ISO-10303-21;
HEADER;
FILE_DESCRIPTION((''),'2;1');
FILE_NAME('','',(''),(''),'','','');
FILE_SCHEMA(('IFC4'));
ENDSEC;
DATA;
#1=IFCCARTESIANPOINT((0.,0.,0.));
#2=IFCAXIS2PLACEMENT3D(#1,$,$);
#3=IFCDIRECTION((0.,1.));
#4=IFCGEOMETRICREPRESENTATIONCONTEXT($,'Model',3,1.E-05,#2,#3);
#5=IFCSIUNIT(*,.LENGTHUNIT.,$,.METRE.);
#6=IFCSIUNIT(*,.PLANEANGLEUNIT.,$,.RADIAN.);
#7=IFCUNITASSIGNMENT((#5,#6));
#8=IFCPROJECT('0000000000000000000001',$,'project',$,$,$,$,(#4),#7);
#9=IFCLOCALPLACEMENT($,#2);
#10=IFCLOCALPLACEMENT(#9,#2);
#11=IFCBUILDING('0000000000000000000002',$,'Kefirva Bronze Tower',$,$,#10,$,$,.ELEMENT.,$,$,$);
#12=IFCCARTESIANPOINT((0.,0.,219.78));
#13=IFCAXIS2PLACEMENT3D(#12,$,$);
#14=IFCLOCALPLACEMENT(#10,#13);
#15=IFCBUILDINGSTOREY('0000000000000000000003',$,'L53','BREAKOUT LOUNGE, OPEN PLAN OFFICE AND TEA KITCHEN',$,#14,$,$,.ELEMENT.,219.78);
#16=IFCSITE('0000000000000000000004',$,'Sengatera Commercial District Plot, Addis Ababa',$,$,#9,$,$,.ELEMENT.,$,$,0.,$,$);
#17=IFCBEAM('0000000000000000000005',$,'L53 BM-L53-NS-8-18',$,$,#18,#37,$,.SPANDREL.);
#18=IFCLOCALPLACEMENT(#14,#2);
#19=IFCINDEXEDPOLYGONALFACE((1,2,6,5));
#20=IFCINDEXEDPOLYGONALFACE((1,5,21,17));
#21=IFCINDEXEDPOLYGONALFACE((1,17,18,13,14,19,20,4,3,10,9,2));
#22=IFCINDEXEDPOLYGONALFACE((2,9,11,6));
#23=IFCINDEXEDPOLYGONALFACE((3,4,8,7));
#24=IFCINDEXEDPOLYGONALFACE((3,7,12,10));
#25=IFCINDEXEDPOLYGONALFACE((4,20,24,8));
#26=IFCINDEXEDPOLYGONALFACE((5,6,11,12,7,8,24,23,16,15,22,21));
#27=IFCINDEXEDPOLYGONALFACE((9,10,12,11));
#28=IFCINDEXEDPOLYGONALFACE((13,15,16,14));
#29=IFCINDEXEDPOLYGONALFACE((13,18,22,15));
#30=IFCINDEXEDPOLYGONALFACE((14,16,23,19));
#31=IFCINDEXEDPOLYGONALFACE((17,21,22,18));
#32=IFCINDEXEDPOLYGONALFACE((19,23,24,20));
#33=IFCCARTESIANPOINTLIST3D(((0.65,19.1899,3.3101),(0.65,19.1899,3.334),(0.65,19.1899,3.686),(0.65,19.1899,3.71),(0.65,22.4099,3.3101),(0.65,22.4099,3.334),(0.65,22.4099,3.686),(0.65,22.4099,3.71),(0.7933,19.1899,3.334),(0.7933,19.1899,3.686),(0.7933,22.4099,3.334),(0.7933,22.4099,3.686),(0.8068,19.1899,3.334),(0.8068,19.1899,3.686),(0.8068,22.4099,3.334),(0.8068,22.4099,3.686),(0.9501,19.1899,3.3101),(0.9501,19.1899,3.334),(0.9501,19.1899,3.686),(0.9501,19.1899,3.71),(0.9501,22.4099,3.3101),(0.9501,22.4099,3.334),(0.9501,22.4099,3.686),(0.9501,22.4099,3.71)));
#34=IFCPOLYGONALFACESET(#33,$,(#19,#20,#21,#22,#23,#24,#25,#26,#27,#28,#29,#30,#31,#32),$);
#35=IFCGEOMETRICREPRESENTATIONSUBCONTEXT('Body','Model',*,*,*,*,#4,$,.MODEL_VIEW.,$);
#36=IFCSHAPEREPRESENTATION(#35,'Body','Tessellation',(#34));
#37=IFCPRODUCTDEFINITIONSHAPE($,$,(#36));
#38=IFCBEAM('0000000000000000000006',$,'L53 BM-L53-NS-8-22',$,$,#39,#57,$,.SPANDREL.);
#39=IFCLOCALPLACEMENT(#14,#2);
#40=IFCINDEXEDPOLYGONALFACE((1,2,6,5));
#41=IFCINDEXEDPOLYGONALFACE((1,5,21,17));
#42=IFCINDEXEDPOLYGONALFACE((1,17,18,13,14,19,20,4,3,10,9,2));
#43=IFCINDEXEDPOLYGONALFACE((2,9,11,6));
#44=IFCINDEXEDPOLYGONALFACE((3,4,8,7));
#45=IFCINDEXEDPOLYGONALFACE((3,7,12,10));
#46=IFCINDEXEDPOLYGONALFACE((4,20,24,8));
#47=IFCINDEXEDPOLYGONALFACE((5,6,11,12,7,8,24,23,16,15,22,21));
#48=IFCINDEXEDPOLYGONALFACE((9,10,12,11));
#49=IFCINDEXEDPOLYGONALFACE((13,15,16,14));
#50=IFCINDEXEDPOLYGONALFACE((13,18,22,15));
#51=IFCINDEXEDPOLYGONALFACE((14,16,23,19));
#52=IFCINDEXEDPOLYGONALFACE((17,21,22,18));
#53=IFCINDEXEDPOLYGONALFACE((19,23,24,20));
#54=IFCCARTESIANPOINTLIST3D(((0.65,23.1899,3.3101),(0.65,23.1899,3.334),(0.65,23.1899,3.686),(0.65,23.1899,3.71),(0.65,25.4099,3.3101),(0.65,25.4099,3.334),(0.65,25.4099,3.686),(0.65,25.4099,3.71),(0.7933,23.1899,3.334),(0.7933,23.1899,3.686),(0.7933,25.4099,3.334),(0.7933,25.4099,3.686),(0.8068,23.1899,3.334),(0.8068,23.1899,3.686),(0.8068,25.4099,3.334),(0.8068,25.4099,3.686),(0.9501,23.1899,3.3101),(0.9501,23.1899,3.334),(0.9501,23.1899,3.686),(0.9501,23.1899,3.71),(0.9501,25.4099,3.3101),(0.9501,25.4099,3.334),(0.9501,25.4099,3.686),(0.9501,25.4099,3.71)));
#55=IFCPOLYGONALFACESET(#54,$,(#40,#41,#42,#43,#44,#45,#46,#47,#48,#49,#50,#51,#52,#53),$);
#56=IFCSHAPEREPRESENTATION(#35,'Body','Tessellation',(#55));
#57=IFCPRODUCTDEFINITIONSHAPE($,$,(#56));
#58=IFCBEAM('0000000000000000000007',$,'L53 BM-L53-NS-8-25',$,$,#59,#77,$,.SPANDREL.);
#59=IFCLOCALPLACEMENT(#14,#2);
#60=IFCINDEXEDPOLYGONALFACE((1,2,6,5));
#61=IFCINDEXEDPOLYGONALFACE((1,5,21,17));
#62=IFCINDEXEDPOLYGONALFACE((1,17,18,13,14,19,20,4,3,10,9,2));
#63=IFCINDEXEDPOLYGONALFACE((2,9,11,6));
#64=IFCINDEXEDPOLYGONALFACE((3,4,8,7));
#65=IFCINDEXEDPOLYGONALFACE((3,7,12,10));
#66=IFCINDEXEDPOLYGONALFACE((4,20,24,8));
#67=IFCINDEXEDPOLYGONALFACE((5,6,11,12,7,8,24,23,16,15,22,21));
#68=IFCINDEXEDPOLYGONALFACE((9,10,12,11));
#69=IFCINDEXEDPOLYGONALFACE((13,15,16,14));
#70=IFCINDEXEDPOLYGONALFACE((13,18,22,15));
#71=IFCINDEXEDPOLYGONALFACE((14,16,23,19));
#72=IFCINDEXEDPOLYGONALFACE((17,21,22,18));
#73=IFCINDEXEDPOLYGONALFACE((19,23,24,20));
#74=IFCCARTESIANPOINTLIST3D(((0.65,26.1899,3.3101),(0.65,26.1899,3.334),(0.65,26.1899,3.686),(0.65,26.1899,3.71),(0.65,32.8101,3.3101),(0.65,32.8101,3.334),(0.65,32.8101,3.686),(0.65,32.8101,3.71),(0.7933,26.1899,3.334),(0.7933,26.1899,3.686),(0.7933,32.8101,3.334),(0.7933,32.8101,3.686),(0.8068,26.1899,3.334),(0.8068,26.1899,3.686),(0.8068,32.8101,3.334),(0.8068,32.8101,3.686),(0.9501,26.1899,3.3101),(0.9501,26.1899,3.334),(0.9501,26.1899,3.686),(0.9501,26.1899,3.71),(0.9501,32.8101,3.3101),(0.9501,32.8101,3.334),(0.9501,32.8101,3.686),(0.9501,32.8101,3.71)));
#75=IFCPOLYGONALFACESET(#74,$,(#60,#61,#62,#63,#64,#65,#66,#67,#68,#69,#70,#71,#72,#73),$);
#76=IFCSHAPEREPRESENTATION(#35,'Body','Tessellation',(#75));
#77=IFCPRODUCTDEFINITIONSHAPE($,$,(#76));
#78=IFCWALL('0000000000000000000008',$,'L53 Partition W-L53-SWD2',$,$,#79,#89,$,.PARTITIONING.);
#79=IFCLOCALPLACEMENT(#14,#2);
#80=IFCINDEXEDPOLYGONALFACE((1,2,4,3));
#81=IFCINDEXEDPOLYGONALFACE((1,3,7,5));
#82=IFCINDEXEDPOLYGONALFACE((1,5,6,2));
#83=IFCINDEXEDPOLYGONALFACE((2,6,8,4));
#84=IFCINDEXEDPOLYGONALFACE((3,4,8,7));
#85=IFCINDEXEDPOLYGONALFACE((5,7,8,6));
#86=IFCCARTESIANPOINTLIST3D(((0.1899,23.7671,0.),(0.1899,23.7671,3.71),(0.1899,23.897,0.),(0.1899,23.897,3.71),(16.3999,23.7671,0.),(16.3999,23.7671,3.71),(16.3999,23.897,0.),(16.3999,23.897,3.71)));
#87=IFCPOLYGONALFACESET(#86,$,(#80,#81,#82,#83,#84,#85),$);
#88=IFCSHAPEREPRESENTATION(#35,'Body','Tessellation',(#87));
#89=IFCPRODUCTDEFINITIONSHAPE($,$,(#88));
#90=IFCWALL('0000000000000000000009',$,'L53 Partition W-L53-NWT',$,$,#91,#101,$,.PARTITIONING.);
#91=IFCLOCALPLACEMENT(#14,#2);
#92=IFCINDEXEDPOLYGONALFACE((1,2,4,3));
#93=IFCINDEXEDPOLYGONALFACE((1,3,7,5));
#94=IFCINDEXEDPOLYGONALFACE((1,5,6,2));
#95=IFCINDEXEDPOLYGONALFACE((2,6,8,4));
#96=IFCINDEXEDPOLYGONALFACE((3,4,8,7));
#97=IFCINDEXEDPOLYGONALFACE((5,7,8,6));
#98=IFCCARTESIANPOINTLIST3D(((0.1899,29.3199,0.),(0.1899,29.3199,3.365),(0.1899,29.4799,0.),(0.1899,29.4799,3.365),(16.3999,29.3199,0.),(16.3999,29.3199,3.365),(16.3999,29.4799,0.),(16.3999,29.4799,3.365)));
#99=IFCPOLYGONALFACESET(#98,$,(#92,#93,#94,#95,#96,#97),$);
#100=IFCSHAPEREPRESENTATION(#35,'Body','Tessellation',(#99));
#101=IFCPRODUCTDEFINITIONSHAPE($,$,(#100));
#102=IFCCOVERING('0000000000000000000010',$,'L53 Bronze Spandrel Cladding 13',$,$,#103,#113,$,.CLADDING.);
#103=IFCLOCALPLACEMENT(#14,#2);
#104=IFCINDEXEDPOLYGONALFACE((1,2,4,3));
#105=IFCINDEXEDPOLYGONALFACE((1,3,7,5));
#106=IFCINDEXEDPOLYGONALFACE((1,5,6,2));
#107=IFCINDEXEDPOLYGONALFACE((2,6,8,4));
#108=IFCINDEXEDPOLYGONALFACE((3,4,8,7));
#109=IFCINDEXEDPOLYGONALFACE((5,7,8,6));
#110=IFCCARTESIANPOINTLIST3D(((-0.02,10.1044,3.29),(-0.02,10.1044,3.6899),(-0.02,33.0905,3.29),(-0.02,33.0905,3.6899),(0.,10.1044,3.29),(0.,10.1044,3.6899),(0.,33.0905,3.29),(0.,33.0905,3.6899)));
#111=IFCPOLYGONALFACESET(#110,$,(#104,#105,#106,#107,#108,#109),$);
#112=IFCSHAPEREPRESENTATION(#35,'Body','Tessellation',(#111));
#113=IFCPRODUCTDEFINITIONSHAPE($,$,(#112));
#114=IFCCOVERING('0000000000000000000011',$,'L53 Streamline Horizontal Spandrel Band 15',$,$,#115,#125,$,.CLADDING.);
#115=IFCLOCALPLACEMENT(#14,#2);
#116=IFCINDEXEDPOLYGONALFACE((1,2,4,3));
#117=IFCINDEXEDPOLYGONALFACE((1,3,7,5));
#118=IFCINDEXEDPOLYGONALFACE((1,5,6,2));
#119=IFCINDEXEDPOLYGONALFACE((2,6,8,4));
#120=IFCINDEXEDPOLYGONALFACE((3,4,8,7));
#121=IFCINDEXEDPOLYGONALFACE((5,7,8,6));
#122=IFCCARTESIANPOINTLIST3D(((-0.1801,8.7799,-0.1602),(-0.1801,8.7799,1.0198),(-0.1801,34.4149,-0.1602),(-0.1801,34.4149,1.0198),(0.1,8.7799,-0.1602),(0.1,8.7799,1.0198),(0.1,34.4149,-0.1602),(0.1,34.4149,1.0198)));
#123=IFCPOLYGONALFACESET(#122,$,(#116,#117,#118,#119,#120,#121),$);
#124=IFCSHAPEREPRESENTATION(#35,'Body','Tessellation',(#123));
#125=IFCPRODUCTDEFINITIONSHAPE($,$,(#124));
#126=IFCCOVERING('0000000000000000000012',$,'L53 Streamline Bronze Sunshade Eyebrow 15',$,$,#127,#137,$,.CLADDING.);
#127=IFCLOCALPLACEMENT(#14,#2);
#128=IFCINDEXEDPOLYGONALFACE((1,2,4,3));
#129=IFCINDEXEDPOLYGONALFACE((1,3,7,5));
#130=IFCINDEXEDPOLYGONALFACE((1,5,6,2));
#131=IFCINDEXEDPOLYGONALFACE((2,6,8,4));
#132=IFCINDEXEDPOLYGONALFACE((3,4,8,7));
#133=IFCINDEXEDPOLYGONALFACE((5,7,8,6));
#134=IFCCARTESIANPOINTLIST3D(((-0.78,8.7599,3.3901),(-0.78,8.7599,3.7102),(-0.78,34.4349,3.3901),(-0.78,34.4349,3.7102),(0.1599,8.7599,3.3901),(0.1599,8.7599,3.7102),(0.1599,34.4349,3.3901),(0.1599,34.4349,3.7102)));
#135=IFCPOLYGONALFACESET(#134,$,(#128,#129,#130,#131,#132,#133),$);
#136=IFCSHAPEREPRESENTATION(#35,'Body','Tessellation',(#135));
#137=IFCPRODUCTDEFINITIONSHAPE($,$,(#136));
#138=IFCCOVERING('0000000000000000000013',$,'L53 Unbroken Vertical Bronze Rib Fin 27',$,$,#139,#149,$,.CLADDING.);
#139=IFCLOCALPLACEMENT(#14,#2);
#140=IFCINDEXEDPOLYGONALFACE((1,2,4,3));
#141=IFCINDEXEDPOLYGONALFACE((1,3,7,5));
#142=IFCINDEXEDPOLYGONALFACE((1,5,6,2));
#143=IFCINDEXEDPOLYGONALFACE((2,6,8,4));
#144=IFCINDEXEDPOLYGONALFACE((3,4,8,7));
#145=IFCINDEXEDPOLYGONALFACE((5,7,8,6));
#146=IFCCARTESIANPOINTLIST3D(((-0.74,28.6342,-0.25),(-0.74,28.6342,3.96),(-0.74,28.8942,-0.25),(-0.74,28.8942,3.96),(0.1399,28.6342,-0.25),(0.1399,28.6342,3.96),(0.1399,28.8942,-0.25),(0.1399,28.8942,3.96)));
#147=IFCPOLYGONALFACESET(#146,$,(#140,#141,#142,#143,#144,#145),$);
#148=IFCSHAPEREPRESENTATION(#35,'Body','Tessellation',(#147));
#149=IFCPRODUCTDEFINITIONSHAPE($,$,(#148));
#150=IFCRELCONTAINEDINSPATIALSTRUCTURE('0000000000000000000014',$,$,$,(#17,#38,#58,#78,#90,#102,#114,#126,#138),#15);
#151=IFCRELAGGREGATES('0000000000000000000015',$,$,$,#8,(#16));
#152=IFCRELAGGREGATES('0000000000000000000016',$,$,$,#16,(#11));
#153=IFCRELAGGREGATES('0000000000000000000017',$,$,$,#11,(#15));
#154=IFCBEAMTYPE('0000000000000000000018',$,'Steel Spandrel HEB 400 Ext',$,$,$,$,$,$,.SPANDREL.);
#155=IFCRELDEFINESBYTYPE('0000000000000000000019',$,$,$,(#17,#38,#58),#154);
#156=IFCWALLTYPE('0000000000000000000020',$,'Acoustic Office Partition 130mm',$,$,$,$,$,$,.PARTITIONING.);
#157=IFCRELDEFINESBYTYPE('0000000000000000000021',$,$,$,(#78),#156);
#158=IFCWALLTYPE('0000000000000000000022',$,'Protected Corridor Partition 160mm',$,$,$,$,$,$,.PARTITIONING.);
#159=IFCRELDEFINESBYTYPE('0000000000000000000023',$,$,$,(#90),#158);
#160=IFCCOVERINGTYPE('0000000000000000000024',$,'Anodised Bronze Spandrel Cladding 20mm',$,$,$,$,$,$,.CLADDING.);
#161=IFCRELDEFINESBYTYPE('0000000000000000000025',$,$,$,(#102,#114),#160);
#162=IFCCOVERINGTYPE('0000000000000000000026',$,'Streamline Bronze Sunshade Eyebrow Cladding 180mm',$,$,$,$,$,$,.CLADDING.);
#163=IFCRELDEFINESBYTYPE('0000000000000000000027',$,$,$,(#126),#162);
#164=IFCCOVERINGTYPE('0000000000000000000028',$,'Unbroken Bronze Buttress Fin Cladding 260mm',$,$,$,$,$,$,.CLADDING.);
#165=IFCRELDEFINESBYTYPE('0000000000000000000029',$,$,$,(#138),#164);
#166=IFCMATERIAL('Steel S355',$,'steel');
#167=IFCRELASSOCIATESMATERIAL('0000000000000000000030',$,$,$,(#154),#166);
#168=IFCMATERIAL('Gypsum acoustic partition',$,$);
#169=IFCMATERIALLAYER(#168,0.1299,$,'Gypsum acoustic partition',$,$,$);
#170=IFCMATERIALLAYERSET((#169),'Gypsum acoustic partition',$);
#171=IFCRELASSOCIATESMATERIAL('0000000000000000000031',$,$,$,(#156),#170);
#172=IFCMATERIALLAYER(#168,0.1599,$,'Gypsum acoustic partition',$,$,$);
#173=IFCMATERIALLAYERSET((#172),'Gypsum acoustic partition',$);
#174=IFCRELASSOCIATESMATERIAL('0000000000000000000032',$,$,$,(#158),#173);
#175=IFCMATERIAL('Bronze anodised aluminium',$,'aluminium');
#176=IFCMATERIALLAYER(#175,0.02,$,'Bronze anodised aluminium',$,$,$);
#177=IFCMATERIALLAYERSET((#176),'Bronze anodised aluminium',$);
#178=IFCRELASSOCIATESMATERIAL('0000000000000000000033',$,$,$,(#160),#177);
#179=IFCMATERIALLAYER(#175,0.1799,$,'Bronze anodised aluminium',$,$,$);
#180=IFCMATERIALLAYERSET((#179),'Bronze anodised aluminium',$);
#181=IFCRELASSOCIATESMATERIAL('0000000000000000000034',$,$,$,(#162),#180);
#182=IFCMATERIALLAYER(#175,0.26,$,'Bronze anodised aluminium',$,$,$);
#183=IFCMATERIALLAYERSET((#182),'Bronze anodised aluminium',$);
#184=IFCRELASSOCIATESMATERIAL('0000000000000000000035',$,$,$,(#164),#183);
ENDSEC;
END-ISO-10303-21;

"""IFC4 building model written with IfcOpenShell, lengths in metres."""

from ifc_helpers import new_model, si_unit, direction, frame, frame_2d, origin, origin_2d, place, context, subcontext, project, spatial, rectangle, i_section, extrude, material, layer, layer_set, material_profile, profile_set, type_object, element, save


model = new_model("IFC4")

# Units and contexts
model_context = context("Model", 3, precision=1e-05, world=origin(), true_north=direction((0.0, 1.0)))
body_context = subcontext(model_context, "Body", "Model", "MODEL_VIEW")
ifc_project = project(units=[si_unit("LENGTHUNIT", "METRE"), si_unit("PLANEANGLEUNIT", "RADIAN")], contexts=[model_context])

# Site, building, storey
site_placement = place(None, origin())
site = spatial("IfcSite", under=ifc_project, at=site_placement, Name="Sengatera Commercial District Plot, Addis Ababa", CompositionType="ELEMENT", RefElevation=0.0)
building_placement = place(site_placement, origin())
building = spatial("IfcBuilding", under=site, at=building_placement, Name="Kefirva Bronze Tower", CompositionType="ELEMENT")
storey_placement = place(building_placement, frame((0.0, 0.0, 219.78)))
storey = spatial("IfcBuildingStorey", under=building, at=storey_placement, Name="L53", Description="BREAKOUT LOUNGE, OPEN PLAN OFFICE AND TEA KITCHEN", CompositionType="ELEMENT", Elevation=219.78)

# Beams
ifc_material_1 = material(Name="Steel S355", Category="steel")
ifc_material_profile_1 = material_profile(ifc_material_1, i_section(OverallWidth=0.3, OverallDepth=0.3999, WebThickness=0.0134, FlangeThickness=0.0239, at=origin_2d()), Name="HEB 400")
ifc_profile_set_1 = profile_set([ifc_material_profile_1], Name="Steel S355")
beam_type_1 = type_object("IfcBeamType", Name="Steel Spandrel HEB 400 Ext", PredefinedType="SPANDREL", material=ifc_profile_set_1)
beam_1_placement = place(storey_placement, frame((0.8, 19.1899, 3.51), z_axis=(0.0, 1.0, 0.0), x_axis=(-1.0, 0.0, 0.0)))
element("IfcBeam", 1, at=beam_1_placement, inside=storey, type_object=beam_type_1, Name="L53 BM-L53-NS-8-18", PredefinedType="SPANDREL", context=body_context, shape_type="SweptSolid", body=[
    extrude(i_section(OverallWidth=0.3, OverallDepth=0.3999, WebThickness=0.0134, FlangeThickness=0.0239, at=origin_2d()), origin(), (0.0, 0.0, 1.0), 3.22),
])
beam_2_placement = place(storey_placement, frame((0.8, 23.1899, 3.51), z_axis=(0.0, 1.0, 0.0), x_axis=(-1.0, 0.0, 0.0)))
element("IfcBeam", 2, at=beam_2_placement, inside=storey, type_object=beam_type_1, Name="L53 BM-L53-NS-8-22", PredefinedType="SPANDREL", context=body_context, shape_type="SweptSolid", body=[
    extrude(i_section(OverallWidth=0.3, OverallDepth=0.3999, WebThickness=0.0134, FlangeThickness=0.0239, at=origin_2d()), origin(), (0.0, 0.0, 1.0), 2.22),
])
beam_3_placement = place(storey_placement, frame((0.8, 26.1899, 3.51), z_axis=(0.0, 1.0, 0.0), x_axis=(-1.0, 0.0, 0.0)))
element("IfcBeam", 3, at=beam_3_placement, inside=storey, type_object=beam_type_1, Name="L53 BM-L53-NS-8-25", PredefinedType="SPANDREL", context=body_context, shape_type="SweptSolid", body=[
    extrude(i_section(OverallWidth=0.3, OverallDepth=0.3999, WebThickness=0.0134, FlangeThickness=0.0239, at=origin_2d()), origin(), (0.0, 0.0, 1.0), 6.6201),
])

# Walls
ifc_material_2 = material(Name="Gypsum acoustic partition")
ifc_layer_1 = layer(ifc_material_2, 0.1299, Name="Gypsum acoustic partition")
ifc_layer_set_1 = layer_set([ifc_layer_1], Name="Gypsum acoustic partition")
wall_type_1 = type_object("IfcWallType", Name="Acoustic Office Partition 130mm", PredefinedType="PARTITIONING", material=ifc_layer_set_1)
wall_1_placement = place(storey_placement, frame((0.1899, 23.832, 0.0), z_axis=(0.0, 0.0, 1.0), x_axis=(1.0, 0.0, 0.0)))
element("IfcWall", 4, at=wall_1_placement, inside=storey, type_object=wall_type_1, Name="L53 Partition W-L53-SWD2", PredefinedType="PARTITIONING", context=body_context, shape_type="SweptSolid", body=[
    extrude(rectangle(XDim=16.21, YDim=0.1299, at=frame_2d((8.105, 0.0))), origin(), (0.0, 0.0, 1.0), 3.71),
])
ifc_layer_2 = layer(ifc_material_2, 0.1599, Name="Gypsum acoustic partition")
ifc_layer_set_2 = layer_set([ifc_layer_2], Name="Gypsum acoustic partition")
wall_type_2 = type_object("IfcWallType", Name="Protected Corridor Partition 160mm", PredefinedType="PARTITIONING", material=ifc_layer_set_2)
wall_2_placement = place(storey_placement, frame((0.1899, 29.3999, 0.0), z_axis=(0.0, 0.0, 1.0), x_axis=(1.0, 0.0, 0.0)))
element("IfcWall", 5, at=wall_2_placement, inside=storey, type_object=wall_type_2, Name="L53 Partition W-L53-NWT", PredefinedType="PARTITIONING", context=body_context, shape_type="SweptSolid", body=[
    extrude(rectangle(XDim=16.21, YDim=0.1599, at=frame_2d((8.105, 0.0))), origin(), (0.0, 0.0, 1.0), 3.365),
])

# Coverings
ifc_material_3 = material(Name="Bronze anodised aluminium", Category="aluminium")
ifc_layer_3 = layer(ifc_material_3, 0.02, Name="Bronze anodised aluminium")
ifc_layer_set_3 = layer_set([ifc_layer_3], Name="Bronze anodised aluminium")
covering_type_1 = type_object("IfcCoveringType", Name="Anodised Bronze Spandrel Cladding 20mm", PredefinedType="CLADDING", material=ifc_layer_set_3)
covering_1_placement = place(storey_placement, frame((-0.01, 21.5974, 3.29), z_axis=(0.0, 0.0, 1.0), x_axis=(0.0, -1.0, 0.0)))
element("IfcCovering", 6, at=covering_1_placement, inside=storey, type_object=covering_type_1, Name="L53 Bronze Spandrel Cladding 13", PredefinedType="CLADDING", context=body_context, shape_type="SweptSolid", body=[
    extrude(rectangle(XDim=22.9861, YDim=0.02, at=origin_2d()), origin(), (0.0, 0.0, 1.0), 0.3999),
])
covering_2_placement = place(storey_placement, frame((-0.04, 21.5974, -0.1602), z_axis=(0.0, 0.0, 1.0), x_axis=(0.0, -1.0, 0.0)))
element("IfcCovering", 7, at=covering_2_placement, inside=storey, type_object=covering_type_1, Name="L53 Streamline Horizontal Spandrel Band 15", PredefinedType="CLADDING", context=body_context, shape_type="SweptSolid", body=[
    extrude(rectangle(XDim=25.635, YDim=0.28, at=origin_2d()), origin(), (0.0, 0.0, 1.0), 1.1799),
])
ifc_layer_4 = layer(ifc_material_3, 0.1799, Name="Bronze anodised aluminium")
ifc_layer_set_4 = layer_set([ifc_layer_4], Name="Bronze anodised aluminium")
covering_type_2 = type_object("IfcCoveringType", Name="Streamline Bronze Sunshade Eyebrow Cladding 180mm", PredefinedType="CLADDING", material=ifc_layer_set_4)
covering_3_placement = place(storey_placement, frame((-0.3101, 21.5974, 3.3901), z_axis=(0.0, 0.0, 1.0), x_axis=(0.0, -1.0, 0.0)))
element("IfcCovering", 8, at=covering_3_placement, inside=storey, type_object=covering_type_2, Name="L53 Streamline Bronze Sunshade Eyebrow 15", PredefinedType="CLADDING", context=body_context, shape_type="SweptSolid", body=[
    extrude(rectangle(XDim=25.675, YDim=0.9399, at=origin_2d()), origin(), (0.0, 0.0, 1.0), 0.3201),
])
ifc_layer_5 = layer(ifc_material_3, 0.26, Name="Bronze anodised aluminium")
ifc_layer_set_5 = layer_set([ifc_layer_5], Name="Bronze anodised aluminium")
covering_type_3 = type_object("IfcCoveringType", Name="Unbroken Bronze Buttress Fin Cladding 260mm", PredefinedType="CLADDING", material=ifc_layer_set_5)
covering_4_placement = place(storey_placement, frame((-0.3, 28.7642, -0.25), z_axis=(0.0, 0.0, 1.0), x_axis=(0.0, -1.0, 0.0)))
element("IfcCovering", 9, at=covering_4_placement, inside=storey, type_object=covering_type_3, Name="L53 Unbroken Vertical Bronze Rib Fin 27", PredefinedType="CLADDING", context=body_context, shape_type="SweptSolid", body=[
    extrude(rectangle(XDim=0.26, YDim=0.8799, at=origin_2d()), origin(), (0.0, 0.0, 1.0), 4.21),
])

save(model, "model.ifc")
